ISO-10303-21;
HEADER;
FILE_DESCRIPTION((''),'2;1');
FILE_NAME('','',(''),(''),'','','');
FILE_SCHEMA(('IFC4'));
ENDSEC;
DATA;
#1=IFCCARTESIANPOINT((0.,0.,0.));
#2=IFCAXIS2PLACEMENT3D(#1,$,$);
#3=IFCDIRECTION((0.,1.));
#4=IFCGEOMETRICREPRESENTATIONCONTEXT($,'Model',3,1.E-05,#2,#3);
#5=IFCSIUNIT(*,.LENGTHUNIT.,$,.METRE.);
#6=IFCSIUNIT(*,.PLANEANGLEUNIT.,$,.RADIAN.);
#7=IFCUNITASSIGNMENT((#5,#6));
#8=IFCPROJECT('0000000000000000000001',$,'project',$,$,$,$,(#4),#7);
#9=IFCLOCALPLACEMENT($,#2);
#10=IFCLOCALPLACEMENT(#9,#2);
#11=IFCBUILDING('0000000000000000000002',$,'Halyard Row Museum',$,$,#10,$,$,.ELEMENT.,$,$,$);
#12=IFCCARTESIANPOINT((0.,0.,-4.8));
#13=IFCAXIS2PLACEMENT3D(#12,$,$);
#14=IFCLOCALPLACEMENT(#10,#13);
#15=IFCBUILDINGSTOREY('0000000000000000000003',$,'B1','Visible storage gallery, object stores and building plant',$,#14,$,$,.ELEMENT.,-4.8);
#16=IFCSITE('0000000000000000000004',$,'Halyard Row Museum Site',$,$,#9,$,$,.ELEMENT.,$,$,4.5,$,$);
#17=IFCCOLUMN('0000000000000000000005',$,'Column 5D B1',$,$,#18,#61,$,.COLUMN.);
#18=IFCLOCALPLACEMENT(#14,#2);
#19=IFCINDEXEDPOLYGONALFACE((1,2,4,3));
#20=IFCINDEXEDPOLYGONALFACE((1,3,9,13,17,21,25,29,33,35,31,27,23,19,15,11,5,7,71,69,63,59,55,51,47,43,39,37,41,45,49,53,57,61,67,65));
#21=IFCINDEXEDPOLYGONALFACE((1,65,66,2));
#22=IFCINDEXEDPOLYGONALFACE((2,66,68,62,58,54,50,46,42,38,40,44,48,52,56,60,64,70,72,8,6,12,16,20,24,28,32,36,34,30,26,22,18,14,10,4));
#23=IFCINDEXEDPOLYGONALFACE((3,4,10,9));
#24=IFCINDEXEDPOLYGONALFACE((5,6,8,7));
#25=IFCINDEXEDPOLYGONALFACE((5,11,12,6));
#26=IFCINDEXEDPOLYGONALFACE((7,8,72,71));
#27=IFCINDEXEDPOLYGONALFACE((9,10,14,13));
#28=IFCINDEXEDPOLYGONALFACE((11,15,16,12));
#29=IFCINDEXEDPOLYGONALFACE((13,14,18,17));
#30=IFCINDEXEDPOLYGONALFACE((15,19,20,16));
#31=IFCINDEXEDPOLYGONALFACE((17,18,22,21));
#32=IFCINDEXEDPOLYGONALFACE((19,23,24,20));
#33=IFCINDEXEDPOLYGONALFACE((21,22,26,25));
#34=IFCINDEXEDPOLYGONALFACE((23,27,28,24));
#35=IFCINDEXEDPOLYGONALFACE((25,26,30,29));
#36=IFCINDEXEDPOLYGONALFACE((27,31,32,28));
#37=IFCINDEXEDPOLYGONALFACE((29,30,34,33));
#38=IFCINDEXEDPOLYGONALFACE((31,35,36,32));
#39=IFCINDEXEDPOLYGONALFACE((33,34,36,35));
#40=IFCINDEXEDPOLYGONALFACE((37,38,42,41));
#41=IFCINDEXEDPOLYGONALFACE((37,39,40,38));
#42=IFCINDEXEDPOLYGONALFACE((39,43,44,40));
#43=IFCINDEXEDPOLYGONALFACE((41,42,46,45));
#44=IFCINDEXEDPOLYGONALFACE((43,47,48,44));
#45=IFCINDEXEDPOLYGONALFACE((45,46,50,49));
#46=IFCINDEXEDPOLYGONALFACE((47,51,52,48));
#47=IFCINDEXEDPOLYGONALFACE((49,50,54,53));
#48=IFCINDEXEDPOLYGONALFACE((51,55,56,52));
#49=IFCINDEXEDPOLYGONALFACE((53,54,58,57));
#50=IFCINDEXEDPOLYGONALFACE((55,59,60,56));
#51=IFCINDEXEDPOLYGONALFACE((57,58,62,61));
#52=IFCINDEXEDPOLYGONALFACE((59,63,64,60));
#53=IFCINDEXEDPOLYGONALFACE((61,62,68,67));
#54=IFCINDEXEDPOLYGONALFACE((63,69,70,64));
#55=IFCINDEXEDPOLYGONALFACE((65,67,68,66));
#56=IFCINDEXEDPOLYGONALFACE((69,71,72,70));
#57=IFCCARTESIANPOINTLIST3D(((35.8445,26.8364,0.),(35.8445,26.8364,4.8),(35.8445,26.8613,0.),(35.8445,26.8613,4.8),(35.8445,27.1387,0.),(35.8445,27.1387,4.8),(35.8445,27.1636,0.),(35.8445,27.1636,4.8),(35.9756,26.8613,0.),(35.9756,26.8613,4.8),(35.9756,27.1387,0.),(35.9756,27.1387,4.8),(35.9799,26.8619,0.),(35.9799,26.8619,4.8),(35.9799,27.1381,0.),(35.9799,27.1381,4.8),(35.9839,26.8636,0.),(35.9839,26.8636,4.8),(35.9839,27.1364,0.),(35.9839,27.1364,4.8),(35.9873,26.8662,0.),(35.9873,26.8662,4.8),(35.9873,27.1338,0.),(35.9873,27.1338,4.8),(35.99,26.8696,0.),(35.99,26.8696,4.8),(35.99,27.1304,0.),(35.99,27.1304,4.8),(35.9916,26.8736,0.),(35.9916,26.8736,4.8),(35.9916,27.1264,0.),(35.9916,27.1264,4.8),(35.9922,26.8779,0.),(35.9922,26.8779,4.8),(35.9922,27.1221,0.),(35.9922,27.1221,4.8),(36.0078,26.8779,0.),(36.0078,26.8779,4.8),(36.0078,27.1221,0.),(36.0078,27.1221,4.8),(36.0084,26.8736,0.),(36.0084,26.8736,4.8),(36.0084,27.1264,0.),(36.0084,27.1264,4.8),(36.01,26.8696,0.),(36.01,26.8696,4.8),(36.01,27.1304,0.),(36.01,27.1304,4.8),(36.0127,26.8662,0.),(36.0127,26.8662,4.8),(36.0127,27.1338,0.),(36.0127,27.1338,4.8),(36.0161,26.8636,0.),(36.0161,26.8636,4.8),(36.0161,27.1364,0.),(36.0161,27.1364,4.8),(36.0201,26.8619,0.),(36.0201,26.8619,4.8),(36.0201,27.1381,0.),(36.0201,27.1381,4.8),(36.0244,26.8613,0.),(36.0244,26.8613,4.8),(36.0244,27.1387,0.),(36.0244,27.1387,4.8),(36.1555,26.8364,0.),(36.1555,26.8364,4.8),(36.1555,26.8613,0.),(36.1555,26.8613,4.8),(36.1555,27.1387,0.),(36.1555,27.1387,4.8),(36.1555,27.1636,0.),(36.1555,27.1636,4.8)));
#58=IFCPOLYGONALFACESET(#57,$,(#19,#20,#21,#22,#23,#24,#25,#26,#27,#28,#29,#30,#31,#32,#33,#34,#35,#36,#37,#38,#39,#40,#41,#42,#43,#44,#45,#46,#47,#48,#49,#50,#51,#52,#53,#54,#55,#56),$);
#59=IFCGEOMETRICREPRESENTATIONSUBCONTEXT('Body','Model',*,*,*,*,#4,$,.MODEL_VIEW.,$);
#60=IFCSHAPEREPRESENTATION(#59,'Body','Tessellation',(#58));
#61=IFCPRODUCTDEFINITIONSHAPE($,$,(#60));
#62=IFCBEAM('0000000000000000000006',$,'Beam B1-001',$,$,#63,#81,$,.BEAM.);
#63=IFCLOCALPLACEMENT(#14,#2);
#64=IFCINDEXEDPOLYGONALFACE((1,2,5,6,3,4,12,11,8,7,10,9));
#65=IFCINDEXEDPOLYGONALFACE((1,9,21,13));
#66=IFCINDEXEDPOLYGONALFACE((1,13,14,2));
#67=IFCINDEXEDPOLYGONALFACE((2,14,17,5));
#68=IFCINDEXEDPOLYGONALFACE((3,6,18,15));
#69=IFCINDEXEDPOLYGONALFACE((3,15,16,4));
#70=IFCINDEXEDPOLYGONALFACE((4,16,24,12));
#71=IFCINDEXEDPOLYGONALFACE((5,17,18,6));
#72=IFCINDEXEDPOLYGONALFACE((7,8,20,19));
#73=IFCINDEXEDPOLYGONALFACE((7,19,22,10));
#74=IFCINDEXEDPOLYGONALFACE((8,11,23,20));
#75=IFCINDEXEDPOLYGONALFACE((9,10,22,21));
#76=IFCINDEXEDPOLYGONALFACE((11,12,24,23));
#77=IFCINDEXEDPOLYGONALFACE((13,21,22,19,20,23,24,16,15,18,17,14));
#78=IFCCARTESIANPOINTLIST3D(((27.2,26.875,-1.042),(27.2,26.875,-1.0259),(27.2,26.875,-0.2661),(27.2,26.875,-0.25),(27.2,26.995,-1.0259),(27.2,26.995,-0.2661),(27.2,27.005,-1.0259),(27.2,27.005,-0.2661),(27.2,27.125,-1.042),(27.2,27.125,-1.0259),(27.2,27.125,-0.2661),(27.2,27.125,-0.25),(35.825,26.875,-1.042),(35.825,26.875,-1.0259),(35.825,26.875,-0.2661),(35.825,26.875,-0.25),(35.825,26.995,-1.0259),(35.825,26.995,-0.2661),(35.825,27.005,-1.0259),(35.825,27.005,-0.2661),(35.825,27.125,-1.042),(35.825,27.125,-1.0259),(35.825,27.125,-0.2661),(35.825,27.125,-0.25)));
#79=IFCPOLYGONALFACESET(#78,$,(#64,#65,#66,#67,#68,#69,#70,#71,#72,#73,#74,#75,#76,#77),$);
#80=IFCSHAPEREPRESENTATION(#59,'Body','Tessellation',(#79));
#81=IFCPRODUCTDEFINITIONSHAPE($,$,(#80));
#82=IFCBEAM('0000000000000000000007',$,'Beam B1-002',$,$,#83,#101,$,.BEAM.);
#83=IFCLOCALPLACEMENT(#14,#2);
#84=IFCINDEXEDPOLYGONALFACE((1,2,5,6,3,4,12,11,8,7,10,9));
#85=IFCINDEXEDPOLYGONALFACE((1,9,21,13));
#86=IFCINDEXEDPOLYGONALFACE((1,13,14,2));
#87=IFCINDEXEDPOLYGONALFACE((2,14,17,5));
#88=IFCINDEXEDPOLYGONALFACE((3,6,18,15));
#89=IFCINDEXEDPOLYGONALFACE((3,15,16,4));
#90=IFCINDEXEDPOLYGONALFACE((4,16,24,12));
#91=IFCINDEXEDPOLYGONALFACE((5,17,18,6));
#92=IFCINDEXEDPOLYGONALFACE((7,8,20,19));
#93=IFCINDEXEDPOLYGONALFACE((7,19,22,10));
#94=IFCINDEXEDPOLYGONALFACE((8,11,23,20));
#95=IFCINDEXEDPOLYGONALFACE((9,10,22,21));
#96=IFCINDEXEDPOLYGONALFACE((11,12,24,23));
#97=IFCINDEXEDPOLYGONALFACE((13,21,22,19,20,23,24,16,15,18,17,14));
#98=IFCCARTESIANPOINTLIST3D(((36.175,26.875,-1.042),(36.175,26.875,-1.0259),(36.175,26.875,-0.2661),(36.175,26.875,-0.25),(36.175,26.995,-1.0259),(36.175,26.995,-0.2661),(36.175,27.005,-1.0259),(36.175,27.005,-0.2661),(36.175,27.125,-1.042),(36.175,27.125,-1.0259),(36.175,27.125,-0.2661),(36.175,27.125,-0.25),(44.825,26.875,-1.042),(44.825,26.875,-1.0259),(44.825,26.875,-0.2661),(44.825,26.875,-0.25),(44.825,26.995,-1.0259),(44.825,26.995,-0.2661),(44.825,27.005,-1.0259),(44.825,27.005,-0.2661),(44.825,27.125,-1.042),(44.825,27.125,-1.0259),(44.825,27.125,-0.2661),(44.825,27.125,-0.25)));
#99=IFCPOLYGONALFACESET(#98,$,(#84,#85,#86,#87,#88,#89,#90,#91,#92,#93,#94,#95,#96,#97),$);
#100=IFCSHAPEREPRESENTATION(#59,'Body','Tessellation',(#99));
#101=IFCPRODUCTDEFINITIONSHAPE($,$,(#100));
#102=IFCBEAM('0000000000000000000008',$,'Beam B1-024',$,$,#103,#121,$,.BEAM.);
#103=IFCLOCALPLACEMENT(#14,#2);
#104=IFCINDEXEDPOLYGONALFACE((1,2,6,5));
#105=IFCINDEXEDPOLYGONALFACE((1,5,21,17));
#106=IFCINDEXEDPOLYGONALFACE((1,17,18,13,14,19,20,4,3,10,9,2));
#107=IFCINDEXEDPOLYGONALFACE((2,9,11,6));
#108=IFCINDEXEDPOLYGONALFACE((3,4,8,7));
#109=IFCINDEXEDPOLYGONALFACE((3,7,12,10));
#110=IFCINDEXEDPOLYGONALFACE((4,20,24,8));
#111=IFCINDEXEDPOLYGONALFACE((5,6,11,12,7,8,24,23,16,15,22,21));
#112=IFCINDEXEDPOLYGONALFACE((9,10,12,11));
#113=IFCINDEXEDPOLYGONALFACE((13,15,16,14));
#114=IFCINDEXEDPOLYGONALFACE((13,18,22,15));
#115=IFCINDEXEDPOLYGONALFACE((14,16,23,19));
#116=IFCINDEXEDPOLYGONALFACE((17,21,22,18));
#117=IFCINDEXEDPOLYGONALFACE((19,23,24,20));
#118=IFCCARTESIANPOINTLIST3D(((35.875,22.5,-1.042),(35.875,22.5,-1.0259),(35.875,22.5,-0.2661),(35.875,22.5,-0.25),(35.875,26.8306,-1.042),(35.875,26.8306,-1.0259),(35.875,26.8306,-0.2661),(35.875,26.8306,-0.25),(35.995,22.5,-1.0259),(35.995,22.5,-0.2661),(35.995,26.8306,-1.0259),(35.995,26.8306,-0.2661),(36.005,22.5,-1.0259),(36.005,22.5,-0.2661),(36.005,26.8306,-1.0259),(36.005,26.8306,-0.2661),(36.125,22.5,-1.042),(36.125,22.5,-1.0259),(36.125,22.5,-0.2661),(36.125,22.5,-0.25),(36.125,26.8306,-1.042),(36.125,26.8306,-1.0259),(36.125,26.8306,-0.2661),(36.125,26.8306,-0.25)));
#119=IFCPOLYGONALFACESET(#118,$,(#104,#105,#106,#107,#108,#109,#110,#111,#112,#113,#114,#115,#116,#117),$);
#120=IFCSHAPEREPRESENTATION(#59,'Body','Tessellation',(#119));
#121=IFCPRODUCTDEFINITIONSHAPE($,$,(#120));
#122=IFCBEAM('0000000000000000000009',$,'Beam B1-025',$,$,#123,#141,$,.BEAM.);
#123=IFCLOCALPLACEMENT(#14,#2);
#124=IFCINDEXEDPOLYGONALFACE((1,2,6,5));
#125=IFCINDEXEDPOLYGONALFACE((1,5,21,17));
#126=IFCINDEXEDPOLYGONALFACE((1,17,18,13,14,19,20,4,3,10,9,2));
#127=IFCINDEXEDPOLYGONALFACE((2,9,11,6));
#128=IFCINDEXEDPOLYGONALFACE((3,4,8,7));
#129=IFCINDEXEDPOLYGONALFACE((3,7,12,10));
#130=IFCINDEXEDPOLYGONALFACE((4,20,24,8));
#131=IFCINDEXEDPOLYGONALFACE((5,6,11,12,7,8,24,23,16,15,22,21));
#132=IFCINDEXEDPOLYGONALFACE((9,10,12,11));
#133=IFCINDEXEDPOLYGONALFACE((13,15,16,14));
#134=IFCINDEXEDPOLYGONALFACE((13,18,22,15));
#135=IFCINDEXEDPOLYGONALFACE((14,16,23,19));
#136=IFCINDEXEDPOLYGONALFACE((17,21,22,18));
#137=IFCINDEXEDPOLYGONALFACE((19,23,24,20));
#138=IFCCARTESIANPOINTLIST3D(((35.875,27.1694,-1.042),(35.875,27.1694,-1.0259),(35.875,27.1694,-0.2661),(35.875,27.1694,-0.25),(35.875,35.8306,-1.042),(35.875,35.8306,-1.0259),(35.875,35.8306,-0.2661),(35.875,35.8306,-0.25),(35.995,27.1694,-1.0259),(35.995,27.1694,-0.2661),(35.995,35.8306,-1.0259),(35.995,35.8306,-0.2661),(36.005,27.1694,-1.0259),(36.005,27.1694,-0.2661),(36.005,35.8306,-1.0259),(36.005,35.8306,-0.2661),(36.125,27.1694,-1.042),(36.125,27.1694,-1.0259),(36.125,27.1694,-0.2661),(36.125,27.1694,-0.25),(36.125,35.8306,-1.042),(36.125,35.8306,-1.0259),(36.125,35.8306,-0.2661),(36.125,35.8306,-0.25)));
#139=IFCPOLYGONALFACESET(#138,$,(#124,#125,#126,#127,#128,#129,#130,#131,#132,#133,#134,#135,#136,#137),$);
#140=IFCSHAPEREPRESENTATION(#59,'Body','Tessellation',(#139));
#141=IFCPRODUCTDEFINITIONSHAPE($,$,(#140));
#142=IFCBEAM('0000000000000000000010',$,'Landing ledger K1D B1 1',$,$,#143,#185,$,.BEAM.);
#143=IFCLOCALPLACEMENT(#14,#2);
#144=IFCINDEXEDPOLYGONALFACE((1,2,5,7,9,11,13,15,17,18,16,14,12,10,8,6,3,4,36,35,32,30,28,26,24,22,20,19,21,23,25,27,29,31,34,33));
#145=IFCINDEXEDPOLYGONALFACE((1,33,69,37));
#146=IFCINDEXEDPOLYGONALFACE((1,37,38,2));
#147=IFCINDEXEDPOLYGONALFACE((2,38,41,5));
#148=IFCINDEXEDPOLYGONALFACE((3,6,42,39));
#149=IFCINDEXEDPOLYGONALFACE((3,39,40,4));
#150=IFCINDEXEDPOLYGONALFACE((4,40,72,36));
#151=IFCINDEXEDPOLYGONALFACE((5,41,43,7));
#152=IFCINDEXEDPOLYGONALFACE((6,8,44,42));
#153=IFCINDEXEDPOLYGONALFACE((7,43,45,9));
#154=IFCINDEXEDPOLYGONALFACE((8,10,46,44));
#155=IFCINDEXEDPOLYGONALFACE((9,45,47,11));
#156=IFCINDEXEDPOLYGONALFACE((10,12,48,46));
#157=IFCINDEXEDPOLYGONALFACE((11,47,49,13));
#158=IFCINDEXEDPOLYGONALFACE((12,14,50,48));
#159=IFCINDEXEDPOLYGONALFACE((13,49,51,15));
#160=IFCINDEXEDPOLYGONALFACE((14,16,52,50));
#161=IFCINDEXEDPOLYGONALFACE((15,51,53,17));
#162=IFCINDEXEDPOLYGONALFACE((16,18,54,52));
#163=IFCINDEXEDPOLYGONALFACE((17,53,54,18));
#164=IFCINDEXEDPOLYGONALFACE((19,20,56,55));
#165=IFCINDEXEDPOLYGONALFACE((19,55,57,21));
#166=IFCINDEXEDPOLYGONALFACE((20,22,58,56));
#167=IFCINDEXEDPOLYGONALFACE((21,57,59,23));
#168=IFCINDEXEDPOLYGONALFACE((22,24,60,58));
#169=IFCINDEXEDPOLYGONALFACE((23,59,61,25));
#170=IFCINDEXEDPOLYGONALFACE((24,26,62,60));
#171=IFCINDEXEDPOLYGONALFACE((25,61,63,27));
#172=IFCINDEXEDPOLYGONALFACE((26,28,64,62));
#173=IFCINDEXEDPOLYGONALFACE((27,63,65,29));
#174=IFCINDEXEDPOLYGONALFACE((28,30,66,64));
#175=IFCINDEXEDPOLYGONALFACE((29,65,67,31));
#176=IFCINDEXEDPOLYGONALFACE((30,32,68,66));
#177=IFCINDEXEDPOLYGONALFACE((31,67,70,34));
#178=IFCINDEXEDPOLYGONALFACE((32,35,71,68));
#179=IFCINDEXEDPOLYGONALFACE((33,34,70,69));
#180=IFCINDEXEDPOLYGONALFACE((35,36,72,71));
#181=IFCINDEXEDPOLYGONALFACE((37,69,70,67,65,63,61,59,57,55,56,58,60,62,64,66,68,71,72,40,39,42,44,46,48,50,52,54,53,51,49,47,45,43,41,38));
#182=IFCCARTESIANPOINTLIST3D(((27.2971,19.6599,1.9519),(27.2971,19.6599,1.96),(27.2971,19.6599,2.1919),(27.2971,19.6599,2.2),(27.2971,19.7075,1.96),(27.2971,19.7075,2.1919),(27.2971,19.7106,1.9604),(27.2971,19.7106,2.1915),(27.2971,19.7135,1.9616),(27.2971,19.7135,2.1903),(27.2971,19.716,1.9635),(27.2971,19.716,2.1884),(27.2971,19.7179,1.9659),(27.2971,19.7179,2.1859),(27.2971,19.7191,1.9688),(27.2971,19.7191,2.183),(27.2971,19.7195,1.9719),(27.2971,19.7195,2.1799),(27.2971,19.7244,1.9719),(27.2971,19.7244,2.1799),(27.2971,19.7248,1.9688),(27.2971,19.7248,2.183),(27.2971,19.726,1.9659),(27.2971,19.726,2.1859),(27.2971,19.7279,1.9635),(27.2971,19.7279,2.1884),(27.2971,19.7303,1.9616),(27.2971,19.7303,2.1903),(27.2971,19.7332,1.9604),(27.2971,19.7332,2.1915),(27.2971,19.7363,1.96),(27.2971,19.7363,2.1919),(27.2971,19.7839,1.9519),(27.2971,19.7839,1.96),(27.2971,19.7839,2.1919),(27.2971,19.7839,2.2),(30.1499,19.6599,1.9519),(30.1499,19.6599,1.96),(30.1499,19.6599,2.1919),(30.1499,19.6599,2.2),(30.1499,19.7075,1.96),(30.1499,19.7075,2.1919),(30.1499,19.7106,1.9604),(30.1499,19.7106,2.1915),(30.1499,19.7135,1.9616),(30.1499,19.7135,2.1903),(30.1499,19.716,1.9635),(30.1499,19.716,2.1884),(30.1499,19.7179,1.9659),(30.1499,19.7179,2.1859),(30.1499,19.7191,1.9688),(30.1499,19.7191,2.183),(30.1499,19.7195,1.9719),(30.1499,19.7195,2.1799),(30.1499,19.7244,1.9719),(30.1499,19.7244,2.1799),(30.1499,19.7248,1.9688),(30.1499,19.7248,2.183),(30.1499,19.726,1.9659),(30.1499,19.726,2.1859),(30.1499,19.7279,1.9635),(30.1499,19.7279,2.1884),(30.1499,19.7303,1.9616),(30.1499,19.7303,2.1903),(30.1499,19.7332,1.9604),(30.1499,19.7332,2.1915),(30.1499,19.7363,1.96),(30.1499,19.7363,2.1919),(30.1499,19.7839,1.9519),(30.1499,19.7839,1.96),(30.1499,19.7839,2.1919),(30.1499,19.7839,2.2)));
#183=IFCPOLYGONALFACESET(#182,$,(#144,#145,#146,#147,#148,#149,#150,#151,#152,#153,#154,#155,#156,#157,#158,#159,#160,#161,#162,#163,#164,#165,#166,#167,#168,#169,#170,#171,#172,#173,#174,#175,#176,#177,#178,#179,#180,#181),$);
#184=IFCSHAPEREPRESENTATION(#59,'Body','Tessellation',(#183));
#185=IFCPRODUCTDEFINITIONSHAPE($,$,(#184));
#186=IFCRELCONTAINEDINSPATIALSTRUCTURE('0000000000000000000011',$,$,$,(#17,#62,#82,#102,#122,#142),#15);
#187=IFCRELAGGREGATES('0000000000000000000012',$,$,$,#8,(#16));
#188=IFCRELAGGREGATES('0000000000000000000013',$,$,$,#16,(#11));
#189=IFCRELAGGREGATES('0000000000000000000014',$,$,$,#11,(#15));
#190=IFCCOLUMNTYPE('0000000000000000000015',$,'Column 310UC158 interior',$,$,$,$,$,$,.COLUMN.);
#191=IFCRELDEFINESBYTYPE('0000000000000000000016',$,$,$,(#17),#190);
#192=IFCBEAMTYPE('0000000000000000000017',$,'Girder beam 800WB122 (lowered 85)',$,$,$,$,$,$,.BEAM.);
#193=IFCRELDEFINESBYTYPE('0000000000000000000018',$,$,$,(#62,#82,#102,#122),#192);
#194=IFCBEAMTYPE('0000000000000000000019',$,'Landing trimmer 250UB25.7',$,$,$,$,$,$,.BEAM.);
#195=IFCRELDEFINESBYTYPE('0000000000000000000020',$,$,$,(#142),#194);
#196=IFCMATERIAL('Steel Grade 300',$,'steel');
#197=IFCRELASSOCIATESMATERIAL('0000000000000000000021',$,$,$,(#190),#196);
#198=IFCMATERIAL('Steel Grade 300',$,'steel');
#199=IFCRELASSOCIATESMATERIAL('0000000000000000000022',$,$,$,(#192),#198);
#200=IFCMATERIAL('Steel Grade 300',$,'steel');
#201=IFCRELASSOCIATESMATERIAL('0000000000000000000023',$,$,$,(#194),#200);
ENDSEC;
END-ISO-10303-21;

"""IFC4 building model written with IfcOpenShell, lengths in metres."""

from ifc_helpers import new_model, si_unit, direction, frame, origin, origin_2d, place, context, subcontext, project, spatial, i_section, extrude, material, material_profile, profile_set, type_object, element, save


model = new_model("IFC4")

# Units and contexts
model_context = context("Model", 3, precision=1e-05, world=origin(), true_north=direction((0.0, 1.0)))
body_context = subcontext(model_context, "Body", "Model", "MODEL_VIEW")
ifc_project = project(units=[si_unit("LENGTHUNIT", "METRE"), si_unit("PLANEANGLEUNIT", "RADIAN")], contexts=[model_context])

# Site, building, storey
site_placement = place(None, origin())
site = spatial("IfcSite", under=ifc_project, at=site_placement, Name="Halyard Row Museum Site", CompositionType="ELEMENT", RefElevation=4.5)
building_placement = place(site_placement, origin())
building = spatial("IfcBuilding", under=site, at=building_placement, Name="Halyard Row Museum", CompositionType="ELEMENT")
storey_placement = place(building_placement, frame((0.0, 0.0, -4.8)))
storey = spatial("IfcBuildingStorey", under=building, at=storey_placement, Name="B1", Description="Visible storage gallery, object stores and building plant", CompositionType="ELEMENT", Elevation=-4.8)

# Column
ifc_material_1 = material(Name="Steel Grade 300", Category="steel")
ifc_material_profile_1 = material_profile(ifc_material_1, i_section(OverallWidth=0.311, OverallDepth=0.3271, WebThickness=0.0156, FlangeThickness=0.0249, FilletRadius=0.0166, at=origin_2d()), Name="310UC158")
ifc_profile_set_1 = profile_set([ifc_material_profile_1], Name="Steel Grade 300")
column_type = type_object("IfcColumnType", Name="Column 310UC158 interior", PredefinedType="COLUMN", material=ifc_profile_set_1)
column_placement = place(storey_placement, frame((36.0, 27.0, 0.0), z_axis=(0.0, 0.0, 1.0), x_axis=(1.0, 0.0, 0.0)))
element("IfcColumn", 1, at=column_placement, inside=storey, type_object=column_type, Name="Column 5D B1", PredefinedType="COLUMN", context=body_context, shape_type="SweptSolid", body=[
    extrude(i_section(OverallWidth=0.311, OverallDepth=0.3271, WebThickness=0.0156, FlangeThickness=0.0249, FilletRadius=0.0166, at=origin_2d()), origin(), (0.0, 0.0, 1.0), 4.8),
])

# Beams
ifc_material_2 = material(Name="Steel Grade 300", Category="steel")
ifc_material_profile_2 = material_profile(ifc_material_2, i_section(OverallWidth=0.25, OverallDepth=0.792, WebThickness=0.01, FlangeThickness=0.0161, at=origin_2d()), Name="800WB122")
ifc_profile_set_2 = profile_set([ifc_material_profile_2], Name="Steel Grade 300")
beam_type_1 = type_object("IfcBeamType", Name="Girder beam 800WB122 (lowered 85)", PredefinedType="BEAM", material=ifc_profile_set_2)
beam_1_placement = place(storey_placement, frame((27.2, 27.0, -0.646), z_axis=(1.0, 0.0, 0.0), x_axis=(0.0, 1.0, 0.0)))
element("IfcBeam", 2, at=beam_1_placement, inside=storey, type_object=beam_type_1, Name="Beam B1-001", PredefinedType="BEAM", context=body_context, shape_type="SweptSolid", body=[
    extrude(i_section(OverallWidth=0.25, OverallDepth=0.792, WebThickness=0.01, FlangeThickness=0.0161, at=origin_2d()), origin(), (0.0, 0.0, 1.0), 8.625),
])
beam_2_placement = place(storey_placement, frame((36.175, 27.0, -0.646), z_axis=(1.0, 0.0, 0.0), x_axis=(0.0, 1.0, 0.0)))
element("IfcBeam", 3, at=beam_2_placement, inside=storey, type_object=beam_type_1, Name="Beam B1-002", PredefinedType="BEAM", context=body_context, shape_type="SweptSolid", body=[
    extrude(i_section(OverallWidth=0.25, OverallDepth=0.792, WebThickness=0.01, FlangeThickness=0.0161, at=origin_2d()), origin(), (0.0, 0.0, 1.0), 8.6499),
])
beam_3_placement = place(storey_placement, frame((36.0, 22.5, -0.646), z_axis=(0.0, 1.0, 0.0), x_axis=(-1.0, 0.0, 0.0)))
element("IfcBeam", 4, at=beam_3_placement, inside=storey, type_object=beam_type_1, Name="Beam B1-024", PredefinedType="BEAM", context=body_context, shape_type="SweptSolid", body=[
    extrude(i_section(OverallWidth=0.25, OverallDepth=0.792, WebThickness=0.01, FlangeThickness=0.0161, at=origin_2d()), origin(), (0.0, 0.0, 1.0), 4.3306),
])
beam_4_placement = place(storey_placement, frame((36.0, 27.1694, -0.646), z_axis=(0.0, 1.0, 0.0), x_axis=(-1.0, 0.0, 0.0)))
element("IfcBeam", 5, at=beam_4_placement, inside=storey, type_object=beam_type_1, Name="Beam B1-025", PredefinedType="BEAM", context=body_context, shape_type="SweptSolid", body=[
    extrude(i_section(OverallWidth=0.25, OverallDepth=0.792, WebThickness=0.01, FlangeThickness=0.0161, at=origin_2d()), origin(), (0.0, 0.0, 1.0), 8.6611),
])
ifc_material_3 = material(Name="Steel Grade 300", Category="steel")
ifc_material_profile_3 = material_profile(ifc_material_3, i_section(OverallWidth=0.124, OverallDepth=0.248, WebThickness=0.0049, FlangeThickness=0.0081, FilletRadius=0.012, at=origin_2d()), Name="250UB25.7")
ifc_profile_set_3 = profile_set([ifc_material_profile_3], Name="Steel Grade 300")
beam_type_2 = type_object("IfcBeamType", Name="Landing trimmer 250UB25.7", PredefinedType="BEAM", material=ifc_profile_set_3)
beam_5_placement = place(storey_placement, frame((27.2971, 19.7219, 2.0759), z_axis=(1.0, 0.0, 0.0), x_axis=(0.0, 1.0, 0.0)))
element("IfcBeam", 6, at=beam_5_placement, inside=storey, type_object=beam_type_2, Name="Landing ledger K1D B1 1", PredefinedType="BEAM", context=body_context, shape_type="SweptSolid", body=[
    extrude(i_section(OverallWidth=0.124, OverallDepth=0.248, WebThickness=0.0049, FlangeThickness=0.0081, FilletRadius=0.012, at=origin_2d()), origin(), (0.0, 0.0, 1.0), 2.8528),
])

save(model, "model.ifc")
